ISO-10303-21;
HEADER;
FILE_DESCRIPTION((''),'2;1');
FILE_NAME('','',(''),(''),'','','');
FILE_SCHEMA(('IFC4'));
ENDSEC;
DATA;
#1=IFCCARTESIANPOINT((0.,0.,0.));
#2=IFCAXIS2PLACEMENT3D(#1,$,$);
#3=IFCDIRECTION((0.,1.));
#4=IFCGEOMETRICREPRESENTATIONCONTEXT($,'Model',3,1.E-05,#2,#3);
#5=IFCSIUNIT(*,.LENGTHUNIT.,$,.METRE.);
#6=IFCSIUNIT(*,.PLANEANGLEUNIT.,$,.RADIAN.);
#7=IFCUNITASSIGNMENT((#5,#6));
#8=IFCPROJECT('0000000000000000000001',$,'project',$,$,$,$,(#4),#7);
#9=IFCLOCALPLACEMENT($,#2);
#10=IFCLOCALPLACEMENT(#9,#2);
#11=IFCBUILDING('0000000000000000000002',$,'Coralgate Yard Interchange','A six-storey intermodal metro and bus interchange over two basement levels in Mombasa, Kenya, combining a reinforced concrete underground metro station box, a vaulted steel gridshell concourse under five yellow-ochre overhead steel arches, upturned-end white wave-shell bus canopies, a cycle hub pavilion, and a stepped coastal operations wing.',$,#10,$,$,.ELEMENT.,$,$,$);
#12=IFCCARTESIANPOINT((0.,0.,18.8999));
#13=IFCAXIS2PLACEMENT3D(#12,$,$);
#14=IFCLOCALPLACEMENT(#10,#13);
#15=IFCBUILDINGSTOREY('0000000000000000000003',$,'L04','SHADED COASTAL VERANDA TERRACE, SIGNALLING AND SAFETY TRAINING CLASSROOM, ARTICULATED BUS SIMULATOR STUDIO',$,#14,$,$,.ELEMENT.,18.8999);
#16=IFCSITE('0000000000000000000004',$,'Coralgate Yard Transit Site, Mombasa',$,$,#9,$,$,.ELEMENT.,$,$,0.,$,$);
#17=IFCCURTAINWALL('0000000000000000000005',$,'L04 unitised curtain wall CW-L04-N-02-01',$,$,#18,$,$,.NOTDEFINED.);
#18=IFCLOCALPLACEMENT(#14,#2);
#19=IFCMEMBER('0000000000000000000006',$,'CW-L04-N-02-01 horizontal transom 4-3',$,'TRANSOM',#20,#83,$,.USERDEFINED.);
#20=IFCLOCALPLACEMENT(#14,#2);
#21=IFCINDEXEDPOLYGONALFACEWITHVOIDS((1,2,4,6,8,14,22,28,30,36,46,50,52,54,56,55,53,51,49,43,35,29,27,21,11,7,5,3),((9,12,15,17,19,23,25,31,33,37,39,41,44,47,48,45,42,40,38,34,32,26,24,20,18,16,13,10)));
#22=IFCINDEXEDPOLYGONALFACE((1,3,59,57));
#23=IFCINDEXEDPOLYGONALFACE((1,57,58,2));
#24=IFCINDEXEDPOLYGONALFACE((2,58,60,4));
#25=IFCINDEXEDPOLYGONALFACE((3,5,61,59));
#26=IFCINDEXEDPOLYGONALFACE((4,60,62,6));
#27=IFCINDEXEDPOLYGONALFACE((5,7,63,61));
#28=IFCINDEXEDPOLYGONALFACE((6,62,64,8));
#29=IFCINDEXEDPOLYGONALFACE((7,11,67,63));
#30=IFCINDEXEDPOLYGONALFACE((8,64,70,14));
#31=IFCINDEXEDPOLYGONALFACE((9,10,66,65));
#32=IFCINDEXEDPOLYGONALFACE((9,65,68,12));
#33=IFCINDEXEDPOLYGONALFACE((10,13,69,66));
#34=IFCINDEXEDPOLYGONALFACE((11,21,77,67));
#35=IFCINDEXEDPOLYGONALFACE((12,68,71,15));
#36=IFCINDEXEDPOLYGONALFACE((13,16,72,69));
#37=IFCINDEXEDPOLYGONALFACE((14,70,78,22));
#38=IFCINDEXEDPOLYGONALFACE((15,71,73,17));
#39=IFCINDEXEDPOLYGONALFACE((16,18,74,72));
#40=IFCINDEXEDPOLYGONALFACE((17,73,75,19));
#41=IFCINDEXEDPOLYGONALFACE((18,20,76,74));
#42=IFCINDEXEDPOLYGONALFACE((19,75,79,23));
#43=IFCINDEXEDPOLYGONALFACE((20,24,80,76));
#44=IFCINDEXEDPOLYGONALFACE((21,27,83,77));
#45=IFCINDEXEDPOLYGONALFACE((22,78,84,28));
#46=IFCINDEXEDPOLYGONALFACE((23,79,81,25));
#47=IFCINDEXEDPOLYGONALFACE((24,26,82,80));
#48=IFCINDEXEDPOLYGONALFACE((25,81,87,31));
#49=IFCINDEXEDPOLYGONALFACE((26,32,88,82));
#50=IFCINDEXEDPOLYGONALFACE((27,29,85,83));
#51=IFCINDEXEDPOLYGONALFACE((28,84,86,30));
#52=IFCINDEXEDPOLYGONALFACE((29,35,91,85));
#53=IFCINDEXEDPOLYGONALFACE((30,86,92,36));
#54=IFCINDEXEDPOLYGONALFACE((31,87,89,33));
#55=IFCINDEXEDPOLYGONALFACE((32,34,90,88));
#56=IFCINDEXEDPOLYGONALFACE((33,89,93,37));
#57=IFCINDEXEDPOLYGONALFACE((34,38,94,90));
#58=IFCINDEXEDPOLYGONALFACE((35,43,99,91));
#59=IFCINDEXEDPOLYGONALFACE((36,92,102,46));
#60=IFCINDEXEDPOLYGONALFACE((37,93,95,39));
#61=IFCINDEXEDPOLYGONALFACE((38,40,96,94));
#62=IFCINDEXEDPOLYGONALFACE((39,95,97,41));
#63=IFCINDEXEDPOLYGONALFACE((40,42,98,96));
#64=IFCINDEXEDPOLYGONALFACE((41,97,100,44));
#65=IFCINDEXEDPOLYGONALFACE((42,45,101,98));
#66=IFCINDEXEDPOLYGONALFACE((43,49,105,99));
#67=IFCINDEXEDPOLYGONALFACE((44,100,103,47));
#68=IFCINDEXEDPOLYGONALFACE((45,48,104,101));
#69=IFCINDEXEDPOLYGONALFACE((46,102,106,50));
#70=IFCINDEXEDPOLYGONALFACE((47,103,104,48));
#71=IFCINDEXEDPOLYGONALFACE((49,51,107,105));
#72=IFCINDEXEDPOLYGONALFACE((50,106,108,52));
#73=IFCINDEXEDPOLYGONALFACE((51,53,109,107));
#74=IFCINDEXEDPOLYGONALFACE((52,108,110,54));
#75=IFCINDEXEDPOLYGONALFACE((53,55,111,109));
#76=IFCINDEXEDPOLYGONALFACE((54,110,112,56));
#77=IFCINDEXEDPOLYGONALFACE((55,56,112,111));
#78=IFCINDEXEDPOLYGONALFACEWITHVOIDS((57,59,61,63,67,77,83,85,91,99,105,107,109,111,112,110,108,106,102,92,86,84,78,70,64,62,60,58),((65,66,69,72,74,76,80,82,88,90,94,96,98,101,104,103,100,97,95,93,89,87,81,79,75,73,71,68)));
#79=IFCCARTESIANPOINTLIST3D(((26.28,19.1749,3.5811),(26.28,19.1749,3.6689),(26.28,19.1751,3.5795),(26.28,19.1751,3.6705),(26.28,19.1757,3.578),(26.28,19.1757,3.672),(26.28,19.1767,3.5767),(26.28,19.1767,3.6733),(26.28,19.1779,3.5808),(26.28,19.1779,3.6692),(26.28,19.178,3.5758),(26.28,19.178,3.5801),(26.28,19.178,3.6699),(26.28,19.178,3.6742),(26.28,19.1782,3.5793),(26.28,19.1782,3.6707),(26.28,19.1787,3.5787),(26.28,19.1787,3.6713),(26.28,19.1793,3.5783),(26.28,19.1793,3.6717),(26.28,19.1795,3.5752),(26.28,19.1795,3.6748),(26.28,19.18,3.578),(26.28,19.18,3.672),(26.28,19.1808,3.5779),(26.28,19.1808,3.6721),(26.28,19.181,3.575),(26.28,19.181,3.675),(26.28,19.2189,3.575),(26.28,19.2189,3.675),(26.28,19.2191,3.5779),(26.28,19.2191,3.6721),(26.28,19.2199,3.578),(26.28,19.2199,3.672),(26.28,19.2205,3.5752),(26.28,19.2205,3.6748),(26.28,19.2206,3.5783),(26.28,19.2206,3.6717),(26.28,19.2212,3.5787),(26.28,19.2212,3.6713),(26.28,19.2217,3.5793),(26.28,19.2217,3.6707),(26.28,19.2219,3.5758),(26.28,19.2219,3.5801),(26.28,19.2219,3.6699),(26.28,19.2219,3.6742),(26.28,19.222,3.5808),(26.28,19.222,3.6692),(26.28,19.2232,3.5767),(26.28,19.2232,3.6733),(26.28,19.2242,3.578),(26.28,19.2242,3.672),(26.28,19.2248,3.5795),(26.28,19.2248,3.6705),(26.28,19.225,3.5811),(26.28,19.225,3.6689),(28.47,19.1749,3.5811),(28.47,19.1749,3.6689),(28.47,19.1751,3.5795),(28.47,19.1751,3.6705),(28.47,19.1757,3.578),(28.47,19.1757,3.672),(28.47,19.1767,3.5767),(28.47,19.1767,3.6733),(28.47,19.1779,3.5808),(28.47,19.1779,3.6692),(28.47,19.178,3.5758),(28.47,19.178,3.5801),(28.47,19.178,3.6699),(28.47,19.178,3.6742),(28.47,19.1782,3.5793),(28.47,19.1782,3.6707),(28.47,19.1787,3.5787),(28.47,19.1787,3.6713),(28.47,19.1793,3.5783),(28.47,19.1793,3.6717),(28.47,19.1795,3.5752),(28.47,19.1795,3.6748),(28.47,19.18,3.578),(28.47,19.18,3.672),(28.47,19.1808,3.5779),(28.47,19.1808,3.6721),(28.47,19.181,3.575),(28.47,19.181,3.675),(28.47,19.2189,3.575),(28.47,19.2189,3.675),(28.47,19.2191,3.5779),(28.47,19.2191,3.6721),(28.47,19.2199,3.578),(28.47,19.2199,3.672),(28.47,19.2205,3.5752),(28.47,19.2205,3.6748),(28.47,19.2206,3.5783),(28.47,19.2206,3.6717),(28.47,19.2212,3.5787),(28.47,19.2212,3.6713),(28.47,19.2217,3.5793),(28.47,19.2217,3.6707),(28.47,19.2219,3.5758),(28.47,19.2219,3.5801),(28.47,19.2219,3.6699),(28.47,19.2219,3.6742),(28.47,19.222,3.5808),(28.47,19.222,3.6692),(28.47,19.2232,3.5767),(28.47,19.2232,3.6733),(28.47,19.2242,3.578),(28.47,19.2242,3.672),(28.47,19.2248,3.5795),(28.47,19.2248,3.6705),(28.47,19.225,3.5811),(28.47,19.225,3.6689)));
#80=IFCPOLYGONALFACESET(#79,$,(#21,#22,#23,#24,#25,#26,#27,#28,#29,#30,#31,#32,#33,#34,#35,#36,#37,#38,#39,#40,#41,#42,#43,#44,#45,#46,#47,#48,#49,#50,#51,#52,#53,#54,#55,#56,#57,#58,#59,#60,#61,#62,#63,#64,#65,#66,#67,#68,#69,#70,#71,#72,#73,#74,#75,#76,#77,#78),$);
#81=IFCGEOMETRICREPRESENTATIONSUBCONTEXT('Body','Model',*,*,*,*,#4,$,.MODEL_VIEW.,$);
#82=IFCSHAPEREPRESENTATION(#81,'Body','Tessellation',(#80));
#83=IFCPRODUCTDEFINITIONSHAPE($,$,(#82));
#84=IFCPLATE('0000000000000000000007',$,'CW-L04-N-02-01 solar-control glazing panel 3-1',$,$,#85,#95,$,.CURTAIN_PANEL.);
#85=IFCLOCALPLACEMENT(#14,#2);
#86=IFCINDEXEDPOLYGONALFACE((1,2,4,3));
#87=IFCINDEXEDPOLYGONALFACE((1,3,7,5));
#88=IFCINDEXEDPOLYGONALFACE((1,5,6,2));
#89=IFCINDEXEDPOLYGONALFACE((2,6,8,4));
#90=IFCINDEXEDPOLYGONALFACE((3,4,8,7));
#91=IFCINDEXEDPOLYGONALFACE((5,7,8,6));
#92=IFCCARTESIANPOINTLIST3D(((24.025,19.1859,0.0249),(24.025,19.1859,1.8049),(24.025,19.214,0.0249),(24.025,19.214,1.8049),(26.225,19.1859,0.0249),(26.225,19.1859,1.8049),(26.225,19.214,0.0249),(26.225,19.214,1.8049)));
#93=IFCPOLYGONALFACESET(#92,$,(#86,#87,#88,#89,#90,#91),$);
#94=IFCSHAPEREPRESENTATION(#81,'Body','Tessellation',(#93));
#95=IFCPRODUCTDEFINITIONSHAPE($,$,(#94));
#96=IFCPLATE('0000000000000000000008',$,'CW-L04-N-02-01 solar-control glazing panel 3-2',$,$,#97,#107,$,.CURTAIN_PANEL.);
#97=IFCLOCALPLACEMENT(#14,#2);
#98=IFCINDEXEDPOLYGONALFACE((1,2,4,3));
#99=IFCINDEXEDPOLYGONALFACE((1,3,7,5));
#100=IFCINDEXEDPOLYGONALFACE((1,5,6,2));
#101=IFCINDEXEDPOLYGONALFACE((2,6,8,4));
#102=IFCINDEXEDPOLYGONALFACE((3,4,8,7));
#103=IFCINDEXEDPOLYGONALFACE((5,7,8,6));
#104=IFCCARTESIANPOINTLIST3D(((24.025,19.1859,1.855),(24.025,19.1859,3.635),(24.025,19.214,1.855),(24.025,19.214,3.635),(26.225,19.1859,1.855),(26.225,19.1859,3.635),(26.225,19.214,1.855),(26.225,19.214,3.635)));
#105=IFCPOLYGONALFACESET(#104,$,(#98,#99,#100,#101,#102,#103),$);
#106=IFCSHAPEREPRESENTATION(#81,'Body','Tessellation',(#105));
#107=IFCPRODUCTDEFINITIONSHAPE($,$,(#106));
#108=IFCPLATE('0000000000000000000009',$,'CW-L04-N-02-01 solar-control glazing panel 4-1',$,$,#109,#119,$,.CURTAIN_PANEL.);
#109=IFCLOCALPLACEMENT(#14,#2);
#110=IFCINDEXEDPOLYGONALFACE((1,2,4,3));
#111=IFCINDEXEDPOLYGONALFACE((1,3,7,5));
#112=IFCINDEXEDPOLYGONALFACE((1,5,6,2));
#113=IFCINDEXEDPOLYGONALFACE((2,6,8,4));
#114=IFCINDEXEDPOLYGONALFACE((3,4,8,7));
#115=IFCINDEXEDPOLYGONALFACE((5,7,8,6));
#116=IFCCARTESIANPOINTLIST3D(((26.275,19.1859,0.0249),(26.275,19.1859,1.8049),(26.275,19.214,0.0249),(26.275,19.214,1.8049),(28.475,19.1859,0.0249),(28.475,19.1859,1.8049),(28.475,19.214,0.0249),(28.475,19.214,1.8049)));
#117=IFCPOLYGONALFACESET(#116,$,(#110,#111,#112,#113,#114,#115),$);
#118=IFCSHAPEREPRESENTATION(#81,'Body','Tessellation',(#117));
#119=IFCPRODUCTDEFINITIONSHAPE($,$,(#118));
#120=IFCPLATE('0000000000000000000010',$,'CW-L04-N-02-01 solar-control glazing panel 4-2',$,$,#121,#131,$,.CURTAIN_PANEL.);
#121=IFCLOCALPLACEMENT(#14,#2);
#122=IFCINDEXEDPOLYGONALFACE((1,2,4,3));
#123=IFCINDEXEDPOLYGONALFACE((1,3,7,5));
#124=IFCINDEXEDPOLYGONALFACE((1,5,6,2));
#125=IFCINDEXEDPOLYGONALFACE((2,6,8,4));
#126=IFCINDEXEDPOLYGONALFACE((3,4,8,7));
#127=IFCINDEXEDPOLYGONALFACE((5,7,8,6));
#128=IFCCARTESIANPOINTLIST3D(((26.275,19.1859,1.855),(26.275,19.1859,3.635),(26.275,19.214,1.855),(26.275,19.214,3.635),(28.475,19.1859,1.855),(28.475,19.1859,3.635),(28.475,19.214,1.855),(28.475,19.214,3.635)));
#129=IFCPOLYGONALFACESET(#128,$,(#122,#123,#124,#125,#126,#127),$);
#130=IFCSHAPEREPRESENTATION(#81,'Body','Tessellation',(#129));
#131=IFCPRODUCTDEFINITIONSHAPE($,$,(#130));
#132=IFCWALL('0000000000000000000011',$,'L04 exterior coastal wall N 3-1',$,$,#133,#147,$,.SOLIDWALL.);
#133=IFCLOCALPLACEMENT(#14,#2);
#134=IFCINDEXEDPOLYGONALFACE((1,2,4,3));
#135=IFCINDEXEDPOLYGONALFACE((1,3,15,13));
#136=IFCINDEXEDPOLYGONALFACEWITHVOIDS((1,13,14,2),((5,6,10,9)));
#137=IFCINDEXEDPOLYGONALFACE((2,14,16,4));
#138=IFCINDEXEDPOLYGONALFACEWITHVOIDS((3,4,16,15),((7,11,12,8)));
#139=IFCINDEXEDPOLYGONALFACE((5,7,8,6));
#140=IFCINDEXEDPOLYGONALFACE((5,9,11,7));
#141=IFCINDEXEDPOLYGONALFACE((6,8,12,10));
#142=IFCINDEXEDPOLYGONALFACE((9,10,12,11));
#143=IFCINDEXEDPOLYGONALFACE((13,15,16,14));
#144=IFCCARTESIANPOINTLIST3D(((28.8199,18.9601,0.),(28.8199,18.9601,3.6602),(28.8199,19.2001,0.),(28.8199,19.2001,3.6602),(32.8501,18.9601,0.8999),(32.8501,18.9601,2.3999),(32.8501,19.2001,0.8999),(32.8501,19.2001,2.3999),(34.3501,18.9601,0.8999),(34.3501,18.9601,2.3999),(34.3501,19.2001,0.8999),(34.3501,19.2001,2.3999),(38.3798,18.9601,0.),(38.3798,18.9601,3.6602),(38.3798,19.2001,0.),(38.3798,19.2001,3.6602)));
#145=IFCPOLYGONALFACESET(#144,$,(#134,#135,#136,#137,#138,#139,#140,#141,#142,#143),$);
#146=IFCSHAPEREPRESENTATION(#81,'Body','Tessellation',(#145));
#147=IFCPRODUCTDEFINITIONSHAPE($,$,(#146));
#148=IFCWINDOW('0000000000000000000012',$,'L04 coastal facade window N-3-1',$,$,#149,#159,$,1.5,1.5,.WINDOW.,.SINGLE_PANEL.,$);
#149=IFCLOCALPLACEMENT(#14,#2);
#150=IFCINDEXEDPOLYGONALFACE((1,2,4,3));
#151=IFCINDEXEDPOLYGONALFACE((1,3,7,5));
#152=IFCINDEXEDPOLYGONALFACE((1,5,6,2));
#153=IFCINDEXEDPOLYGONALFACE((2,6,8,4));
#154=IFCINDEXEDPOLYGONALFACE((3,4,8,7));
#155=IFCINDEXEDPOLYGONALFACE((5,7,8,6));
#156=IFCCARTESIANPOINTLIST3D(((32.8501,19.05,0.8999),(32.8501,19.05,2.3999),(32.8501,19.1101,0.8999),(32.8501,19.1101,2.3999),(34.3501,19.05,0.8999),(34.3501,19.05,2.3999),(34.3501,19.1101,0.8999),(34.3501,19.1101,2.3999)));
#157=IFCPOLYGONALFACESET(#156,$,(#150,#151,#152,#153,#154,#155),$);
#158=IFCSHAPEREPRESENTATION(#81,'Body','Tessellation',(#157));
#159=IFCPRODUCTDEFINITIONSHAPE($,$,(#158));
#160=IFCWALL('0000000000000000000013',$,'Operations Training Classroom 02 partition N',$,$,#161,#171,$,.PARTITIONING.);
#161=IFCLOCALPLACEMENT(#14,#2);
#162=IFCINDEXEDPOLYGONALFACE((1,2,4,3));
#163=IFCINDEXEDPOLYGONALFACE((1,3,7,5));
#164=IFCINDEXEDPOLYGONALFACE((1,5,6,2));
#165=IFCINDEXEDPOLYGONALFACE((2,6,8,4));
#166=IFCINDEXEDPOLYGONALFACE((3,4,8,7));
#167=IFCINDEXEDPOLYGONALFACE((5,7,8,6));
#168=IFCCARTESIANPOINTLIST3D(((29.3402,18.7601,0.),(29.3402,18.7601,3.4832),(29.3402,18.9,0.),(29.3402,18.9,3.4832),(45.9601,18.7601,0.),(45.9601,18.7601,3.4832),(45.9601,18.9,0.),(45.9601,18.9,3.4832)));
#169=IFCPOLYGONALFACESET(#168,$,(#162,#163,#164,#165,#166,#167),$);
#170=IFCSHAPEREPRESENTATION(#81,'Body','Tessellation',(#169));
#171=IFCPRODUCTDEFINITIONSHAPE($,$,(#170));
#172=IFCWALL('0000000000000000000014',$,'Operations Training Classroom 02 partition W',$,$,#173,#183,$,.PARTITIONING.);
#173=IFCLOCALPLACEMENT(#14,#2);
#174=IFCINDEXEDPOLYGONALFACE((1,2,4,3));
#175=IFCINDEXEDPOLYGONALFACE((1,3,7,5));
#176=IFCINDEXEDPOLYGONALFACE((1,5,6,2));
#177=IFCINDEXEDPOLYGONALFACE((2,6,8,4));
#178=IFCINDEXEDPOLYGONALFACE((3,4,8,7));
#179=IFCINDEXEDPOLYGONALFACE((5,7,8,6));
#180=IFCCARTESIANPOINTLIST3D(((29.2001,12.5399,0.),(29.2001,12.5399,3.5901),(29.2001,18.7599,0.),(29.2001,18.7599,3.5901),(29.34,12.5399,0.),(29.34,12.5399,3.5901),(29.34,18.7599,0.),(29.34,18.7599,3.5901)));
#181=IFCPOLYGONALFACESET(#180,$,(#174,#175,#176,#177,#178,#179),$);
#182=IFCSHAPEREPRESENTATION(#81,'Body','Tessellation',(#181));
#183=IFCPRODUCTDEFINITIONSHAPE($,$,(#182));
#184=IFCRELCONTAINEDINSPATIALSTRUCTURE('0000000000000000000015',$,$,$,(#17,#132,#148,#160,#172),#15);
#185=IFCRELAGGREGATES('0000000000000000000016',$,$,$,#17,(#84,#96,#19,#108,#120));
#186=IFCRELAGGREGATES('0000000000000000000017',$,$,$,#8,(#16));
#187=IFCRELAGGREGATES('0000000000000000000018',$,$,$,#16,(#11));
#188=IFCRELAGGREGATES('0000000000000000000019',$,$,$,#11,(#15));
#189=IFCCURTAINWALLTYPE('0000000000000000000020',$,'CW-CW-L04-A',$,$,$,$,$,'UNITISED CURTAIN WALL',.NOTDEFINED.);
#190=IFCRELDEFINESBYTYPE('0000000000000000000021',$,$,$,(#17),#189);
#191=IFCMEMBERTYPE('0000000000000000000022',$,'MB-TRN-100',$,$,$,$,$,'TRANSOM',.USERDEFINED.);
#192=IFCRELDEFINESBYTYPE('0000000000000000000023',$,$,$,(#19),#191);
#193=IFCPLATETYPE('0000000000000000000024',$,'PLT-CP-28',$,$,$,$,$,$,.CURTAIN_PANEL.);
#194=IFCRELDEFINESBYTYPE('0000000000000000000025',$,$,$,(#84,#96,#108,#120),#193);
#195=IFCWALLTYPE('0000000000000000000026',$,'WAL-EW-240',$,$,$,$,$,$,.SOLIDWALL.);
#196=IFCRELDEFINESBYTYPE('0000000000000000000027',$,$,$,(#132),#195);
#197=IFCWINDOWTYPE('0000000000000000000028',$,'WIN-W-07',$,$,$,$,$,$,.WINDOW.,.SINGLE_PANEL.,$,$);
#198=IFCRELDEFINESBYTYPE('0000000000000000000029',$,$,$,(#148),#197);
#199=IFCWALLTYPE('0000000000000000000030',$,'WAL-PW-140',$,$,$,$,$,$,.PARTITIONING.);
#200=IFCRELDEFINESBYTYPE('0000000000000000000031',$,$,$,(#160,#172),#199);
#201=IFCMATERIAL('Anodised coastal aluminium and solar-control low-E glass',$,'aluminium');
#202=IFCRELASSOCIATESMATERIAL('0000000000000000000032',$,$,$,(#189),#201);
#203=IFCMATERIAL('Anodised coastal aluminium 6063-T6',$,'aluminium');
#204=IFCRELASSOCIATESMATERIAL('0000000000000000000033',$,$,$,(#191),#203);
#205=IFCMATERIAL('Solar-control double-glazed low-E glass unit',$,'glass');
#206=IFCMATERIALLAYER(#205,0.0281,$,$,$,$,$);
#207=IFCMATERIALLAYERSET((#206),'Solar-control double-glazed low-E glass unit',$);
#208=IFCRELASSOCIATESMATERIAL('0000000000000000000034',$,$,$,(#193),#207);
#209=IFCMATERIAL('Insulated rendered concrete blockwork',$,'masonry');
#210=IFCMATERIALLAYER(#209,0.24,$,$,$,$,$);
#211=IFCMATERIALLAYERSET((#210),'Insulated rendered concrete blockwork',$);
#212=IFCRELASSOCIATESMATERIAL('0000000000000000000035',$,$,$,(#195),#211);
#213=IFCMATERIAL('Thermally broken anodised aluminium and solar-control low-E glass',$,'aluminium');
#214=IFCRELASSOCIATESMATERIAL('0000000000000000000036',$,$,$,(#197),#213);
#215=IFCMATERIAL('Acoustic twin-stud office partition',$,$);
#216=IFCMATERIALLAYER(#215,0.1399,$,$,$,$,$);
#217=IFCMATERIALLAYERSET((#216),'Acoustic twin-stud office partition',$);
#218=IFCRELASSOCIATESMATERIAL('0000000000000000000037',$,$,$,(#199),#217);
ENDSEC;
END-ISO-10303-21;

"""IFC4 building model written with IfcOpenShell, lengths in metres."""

from ifc_helpers import new_model, si_unit, direction, frame, frame_2d, origin, origin_2d, place, context, subcontext, project, spatial, rectangle, hollow_rectangle, extrude, material, layer, layer_set, material_profile, profile_set, type_object, element, fill, aggregate, save


model = new_model("IFC4")

# Units and contexts
model_context = context("Model", 3, precision=1e-05, world=origin(), true_north=direction((0.0, 1.0)))
body_context = subcontext(model_context, "Body", "Model", "MODEL_VIEW")
ifc_project = project(units=[si_unit("LENGTHUNIT", "METRE"), si_unit("PLANEANGLEUNIT", "RADIAN")], contexts=[model_context])

# Site, building, storey
site_placement = place(None, origin())
site = spatial("IfcSite", under=ifc_project, at=site_placement, Name="Coralgate Yard Transit Site, Mombasa", CompositionType="ELEMENT", RefElevation=0.0)
building_placement = place(site_placement, origin())
building = spatial("IfcBuilding", under=site, at=building_placement, Name="Coralgate Yard Interchange", Description="A six-storey intermodal metro and bus interchange over two basement levels in Mombasa, Kenya, combining a reinforced concrete underground metro station box, a vaulted steel gridshell concourse under five yellow-ochre overhead steel arches, upturned-end white wave-shell bus canopies, a cycle hub pavilion, and a stepped coastal operations wing.", CompositionType="ELEMENT")
storey_placement = place(building_placement, frame((0.0, 0.0, 18.8999)))
storey = spatial("IfcBuildingStorey", under=building, at=storey_placement, Name="L04", Description="SHADED COASTAL VERANDA TERRACE, SIGNALLING AND SAFETY TRAINING CLASSROOM, ARTICULATED BUS SIMULATOR STUDIO", CompositionType="ELEMENT", Elevation=18.8999)

# Curtain wall, member, plates
ifc_material_1 = material(Name="Anodised coastal aluminium and solar-control low-E glass", Category="aluminium")
curtain_wall_type = type_object("IfcCurtainWallType", Name="CW-CW-L04-A", ElementType="UNITISED CURTAIN WALL", PredefinedType="NOTDEFINED", material=ifc_material_1)
curtain_wall_placement = place(storey_placement, origin())
curtain_wall = element("IfcCurtainWall", 1, at=curtain_wall_placement, inside=storey, type_object=curtain_wall_type, Name="L04 unitised curtain wall CW-L04-N-02-01", PredefinedType="NOTDEFINED")
ifc_material_2 = material(Name="Anodised coastal aluminium 6063-T6", Category="aluminium")
ifc_material_profile_1 = material_profile(ifc_material_2, hollow_rectangle(XDim=0.05, YDim=0.1001, WallThickness=0.0029, InnerFilletRadius=0.0029, OuterFilletRadius=0.0061, at=origin_2d()), Name="ALU 50x100x3")
ifc_profile_set_1 = profile_set([ifc_material_profile_1], Name="Anodised coastal aluminium 6063-T6")
member_type_1 = type_object("IfcMemberType", Name="MB-TRN-100", ElementType="TRANSOM", PredefinedType="USERDEFINED", material=ifc_profile_set_1)
member_1_placement = place(storey_placement, frame((26.28, 19.2, 3.625), z_axis=(1.0, 0.0, 0.0), x_axis=(0.0, 1.0, 0.0)))
member_1 = element("IfcMember", 2, at=member_1_placement, type_object=member_type_1, Name="CW-L04-N-02-01 horizontal transom 4-3", ObjectType="TRANSOM", PredefinedType="USERDEFINED", context=body_context, shape_type="SweptSolid", body=[
    extrude(hollow_rectangle(XDim=0.05, YDim=0.1001, WallThickness=0.0029, InnerFilletRadius=0.0029, OuterFilletRadius=0.0061, at=origin_2d()), origin(), (0.0, 0.0, 1.0), 2.1899),
])
ifc_material_3 = material(Name="Solar-control double-glazed low-E glass unit", Category="glass")
ifc_layer_1 = layer(ifc_material_3, 0.0281)
ifc_layer_set_1 = layer_set([ifc_layer_1], Name="Solar-control double-glazed low-E glass unit")
plate_type = type_object("IfcPlateType", Name="PLT-CP-28", PredefinedType="CURTAIN_PANEL", material=ifc_layer_set_1)
plate_1_placement = place(storey_placement, frame((25.125, 19.2, 0.0249), z_axis=(0.0, 0.0, 1.0), x_axis=(1.0, 0.0, 0.0)))
plate_1 = element("IfcPlate", 3, at=plate_1_placement, type_object=plate_type, Name="CW-L04-N-02-01 solar-control glazing panel 3-1", PredefinedType="CURTAIN_PANEL", context=body_context, shape_type="SweptSolid", body=[
    extrude(rectangle(XDim=2.2, YDim=0.0281, at=origin_2d()), origin(), (0.0, 0.0, 1.0), 1.78),
])
plate_2_placement = place(storey_placement, frame((25.125, 19.2, 1.855), z_axis=(0.0, 0.0, 1.0), x_axis=(1.0, 0.0, 0.0)))
plate_2 = element("IfcPlate", 4, at=plate_2_placement, type_object=plate_type, Name="CW-L04-N-02-01 solar-control glazing panel 3-2", PredefinedType="CURTAIN_PANEL", context=body_context, shape_type="SweptSolid", body=[
    extrude(rectangle(XDim=2.2, YDim=0.0281, at=origin_2d()), origin(), (0.0, 0.0, 1.0), 1.78),
])
plate_3_placement = place(storey_placement, frame((27.375, 19.2, 0.0249), z_axis=(0.0, 0.0, 1.0), x_axis=(1.0, 0.0, 0.0)))
plate_3 = element("IfcPlate", 5, at=plate_3_placement, type_object=plate_type, Name="CW-L04-N-02-01 solar-control glazing panel 4-1", PredefinedType="CURTAIN_PANEL", context=body_context, shape_type="SweptSolid", body=[
    extrude(rectangle(XDim=2.2, YDim=0.0281, at=origin_2d()), origin(), (0.0, 0.0, 1.0), 1.78),
])
plate_4_placement = place(storey_placement, frame((27.375, 19.2, 1.855), z_axis=(0.0, 0.0, 1.0), x_axis=(1.0, 0.0, 0.0)))
plate_4 = element("IfcPlate", 6, at=plate_4_placement, type_object=plate_type, Name="CW-L04-N-02-01 solar-control glazing panel 4-2", PredefinedType="CURTAIN_PANEL", context=body_context, shape_type="SweptSolid", body=[
    extrude(rectangle(XDim=2.2, YDim=0.0281, at=origin_2d()), origin(), (0.0, 0.0, 1.0), 1.78),
])
aggregate(curtain_wall, [plate_1, plate_2, member_1, plate_3, plate_4])

# Wall, opening, window
ifc_material_4 = material(Name="Insulated rendered concrete blockwork", Category="masonry")
ifc_layer_2 = layer(ifc_material_4, 0.24)
ifc_layer_set_2 = layer_set([ifc_layer_2], Name="Insulated rendered concrete blockwork")
wall_type_1 = type_object("IfcWallType", Name="WAL-EW-240", PredefinedType="SOLIDWALL", material=ifc_layer_set_2)
wall_1_placement = place(storey_placement, frame((28.8201, 19.0801, 0.0), z_axis=(0.0, 0.0, 1.0), x_axis=(1.0, 0.0, 0.0)))
wall_1 = element("IfcWall", 7, at=wall_1_placement, inside=storey, type_object=wall_type_1, Name="L04 exterior coastal wall N 3-1", PredefinedType="SOLIDWALL", context=body_context, shape_type="SweptSolid", body=[
    extrude(rectangle(XDim=9.5598, YDim=0.24, at=frame_2d((4.7798, 0.0))), origin(), (0.0, 0.0, 1.0), 3.6602),
])
opening_1_placement = place(wall_1_placement, frame((4.03, 0.0, 0.8999)))
opening_1 = element("IfcOpeningElement", 8, at=opening_1_placement, cuts=wall_1, PredefinedType="OPENING", context=body_context, shape_type="SweptSolid", body=[
    extrude(rectangle(XDim=1.5, YDim=1.5, at=frame_2d((0.75, 0.75))), frame((0.0, 0.1299, 0.0), z_axis=(0.0, -1.0, 0.0), x_axis=(1.0, 0.0, 0.0)), (0.0, 0.0, 1.0), 0.26),
])
ifc_material_5 = material(Name="Thermally broken anodised aluminium and solar-control low-E glass", Category="aluminium")
window_type = type_object("IfcWindowType", Name="WIN-W-07", PartitioningType="SINGLE_PANEL", PredefinedType="WINDOW", material=ifc_material_5)
window_placement = place(opening_1_placement, origin())
window = element("IfcWindow", 9, at=window_placement, inside=storey, type_object=window_type, Name="L04 coastal facade window N-3-1", OverallHeight=1.5, OverallWidth=1.5, PartitioningType="SINGLE_PANEL", PredefinedType="WINDOW", context=body_context, shape_type="SweptSolid", body=[
    extrude(rectangle(XDim=1.5, YDim=1.5, at=frame_2d((0.75, 0.75))), frame((0.0, 0.03, 0.0), z_axis=(0.0, -1.0, 0.0), x_axis=(1.0, 0.0, 0.0)), (0.0, 0.0, 1.0), 0.0601),
])
fill(opening_1, window)

# Walls
ifc_material_6 = material(Name="Acoustic twin-stud office partition")
ifc_layer_3 = layer(ifc_material_6, 0.1399)
ifc_layer_set_3 = layer_set([ifc_layer_3], Name="Acoustic twin-stud office partition")
wall_type_2 = type_object("IfcWallType", Name="WAL-PW-140", PredefinedType="PARTITIONING", material=ifc_layer_set_3)
wall_2_placement = place(storey_placement, frame((29.3401, 18.8301, 0.0), z_axis=(0.0, 0.0, 1.0), x_axis=(1.0, 0.0, 0.0)))
element("IfcWall", 10, at=wall_2_placement, inside=storey, type_object=wall_type_2, Name="Operations Training Classroom 02 partition N", PredefinedType="PARTITIONING", context=body_context, shape_type="SweptSolid", body=[
    extrude(rectangle(XDim=16.6199, YDim=0.1399, at=frame_2d((8.3101, 0.0))), origin(), (0.0, 0.0, 1.0), 3.4832),
])
wall_3_placement = place(storey_placement, frame((29.27, 12.54, 0.0), z_axis=(0.0, 0.0, 1.0), x_axis=(0.0, 1.0, 0.0)))
element("IfcWall", 11, at=wall_3_placement, inside=storey, type_object=wall_type_2, Name="Operations Training Classroom 02 partition W", PredefinedType="PARTITIONING", context=body_context, shape_type="SweptSolid", body=[
    extrude(rectangle(XDim=6.22, YDim=0.1399, at=frame_2d((3.1099, 0.0))), origin(), (0.0, 0.0, 1.0), 3.5901),
])

save(model, "model.ifc")
